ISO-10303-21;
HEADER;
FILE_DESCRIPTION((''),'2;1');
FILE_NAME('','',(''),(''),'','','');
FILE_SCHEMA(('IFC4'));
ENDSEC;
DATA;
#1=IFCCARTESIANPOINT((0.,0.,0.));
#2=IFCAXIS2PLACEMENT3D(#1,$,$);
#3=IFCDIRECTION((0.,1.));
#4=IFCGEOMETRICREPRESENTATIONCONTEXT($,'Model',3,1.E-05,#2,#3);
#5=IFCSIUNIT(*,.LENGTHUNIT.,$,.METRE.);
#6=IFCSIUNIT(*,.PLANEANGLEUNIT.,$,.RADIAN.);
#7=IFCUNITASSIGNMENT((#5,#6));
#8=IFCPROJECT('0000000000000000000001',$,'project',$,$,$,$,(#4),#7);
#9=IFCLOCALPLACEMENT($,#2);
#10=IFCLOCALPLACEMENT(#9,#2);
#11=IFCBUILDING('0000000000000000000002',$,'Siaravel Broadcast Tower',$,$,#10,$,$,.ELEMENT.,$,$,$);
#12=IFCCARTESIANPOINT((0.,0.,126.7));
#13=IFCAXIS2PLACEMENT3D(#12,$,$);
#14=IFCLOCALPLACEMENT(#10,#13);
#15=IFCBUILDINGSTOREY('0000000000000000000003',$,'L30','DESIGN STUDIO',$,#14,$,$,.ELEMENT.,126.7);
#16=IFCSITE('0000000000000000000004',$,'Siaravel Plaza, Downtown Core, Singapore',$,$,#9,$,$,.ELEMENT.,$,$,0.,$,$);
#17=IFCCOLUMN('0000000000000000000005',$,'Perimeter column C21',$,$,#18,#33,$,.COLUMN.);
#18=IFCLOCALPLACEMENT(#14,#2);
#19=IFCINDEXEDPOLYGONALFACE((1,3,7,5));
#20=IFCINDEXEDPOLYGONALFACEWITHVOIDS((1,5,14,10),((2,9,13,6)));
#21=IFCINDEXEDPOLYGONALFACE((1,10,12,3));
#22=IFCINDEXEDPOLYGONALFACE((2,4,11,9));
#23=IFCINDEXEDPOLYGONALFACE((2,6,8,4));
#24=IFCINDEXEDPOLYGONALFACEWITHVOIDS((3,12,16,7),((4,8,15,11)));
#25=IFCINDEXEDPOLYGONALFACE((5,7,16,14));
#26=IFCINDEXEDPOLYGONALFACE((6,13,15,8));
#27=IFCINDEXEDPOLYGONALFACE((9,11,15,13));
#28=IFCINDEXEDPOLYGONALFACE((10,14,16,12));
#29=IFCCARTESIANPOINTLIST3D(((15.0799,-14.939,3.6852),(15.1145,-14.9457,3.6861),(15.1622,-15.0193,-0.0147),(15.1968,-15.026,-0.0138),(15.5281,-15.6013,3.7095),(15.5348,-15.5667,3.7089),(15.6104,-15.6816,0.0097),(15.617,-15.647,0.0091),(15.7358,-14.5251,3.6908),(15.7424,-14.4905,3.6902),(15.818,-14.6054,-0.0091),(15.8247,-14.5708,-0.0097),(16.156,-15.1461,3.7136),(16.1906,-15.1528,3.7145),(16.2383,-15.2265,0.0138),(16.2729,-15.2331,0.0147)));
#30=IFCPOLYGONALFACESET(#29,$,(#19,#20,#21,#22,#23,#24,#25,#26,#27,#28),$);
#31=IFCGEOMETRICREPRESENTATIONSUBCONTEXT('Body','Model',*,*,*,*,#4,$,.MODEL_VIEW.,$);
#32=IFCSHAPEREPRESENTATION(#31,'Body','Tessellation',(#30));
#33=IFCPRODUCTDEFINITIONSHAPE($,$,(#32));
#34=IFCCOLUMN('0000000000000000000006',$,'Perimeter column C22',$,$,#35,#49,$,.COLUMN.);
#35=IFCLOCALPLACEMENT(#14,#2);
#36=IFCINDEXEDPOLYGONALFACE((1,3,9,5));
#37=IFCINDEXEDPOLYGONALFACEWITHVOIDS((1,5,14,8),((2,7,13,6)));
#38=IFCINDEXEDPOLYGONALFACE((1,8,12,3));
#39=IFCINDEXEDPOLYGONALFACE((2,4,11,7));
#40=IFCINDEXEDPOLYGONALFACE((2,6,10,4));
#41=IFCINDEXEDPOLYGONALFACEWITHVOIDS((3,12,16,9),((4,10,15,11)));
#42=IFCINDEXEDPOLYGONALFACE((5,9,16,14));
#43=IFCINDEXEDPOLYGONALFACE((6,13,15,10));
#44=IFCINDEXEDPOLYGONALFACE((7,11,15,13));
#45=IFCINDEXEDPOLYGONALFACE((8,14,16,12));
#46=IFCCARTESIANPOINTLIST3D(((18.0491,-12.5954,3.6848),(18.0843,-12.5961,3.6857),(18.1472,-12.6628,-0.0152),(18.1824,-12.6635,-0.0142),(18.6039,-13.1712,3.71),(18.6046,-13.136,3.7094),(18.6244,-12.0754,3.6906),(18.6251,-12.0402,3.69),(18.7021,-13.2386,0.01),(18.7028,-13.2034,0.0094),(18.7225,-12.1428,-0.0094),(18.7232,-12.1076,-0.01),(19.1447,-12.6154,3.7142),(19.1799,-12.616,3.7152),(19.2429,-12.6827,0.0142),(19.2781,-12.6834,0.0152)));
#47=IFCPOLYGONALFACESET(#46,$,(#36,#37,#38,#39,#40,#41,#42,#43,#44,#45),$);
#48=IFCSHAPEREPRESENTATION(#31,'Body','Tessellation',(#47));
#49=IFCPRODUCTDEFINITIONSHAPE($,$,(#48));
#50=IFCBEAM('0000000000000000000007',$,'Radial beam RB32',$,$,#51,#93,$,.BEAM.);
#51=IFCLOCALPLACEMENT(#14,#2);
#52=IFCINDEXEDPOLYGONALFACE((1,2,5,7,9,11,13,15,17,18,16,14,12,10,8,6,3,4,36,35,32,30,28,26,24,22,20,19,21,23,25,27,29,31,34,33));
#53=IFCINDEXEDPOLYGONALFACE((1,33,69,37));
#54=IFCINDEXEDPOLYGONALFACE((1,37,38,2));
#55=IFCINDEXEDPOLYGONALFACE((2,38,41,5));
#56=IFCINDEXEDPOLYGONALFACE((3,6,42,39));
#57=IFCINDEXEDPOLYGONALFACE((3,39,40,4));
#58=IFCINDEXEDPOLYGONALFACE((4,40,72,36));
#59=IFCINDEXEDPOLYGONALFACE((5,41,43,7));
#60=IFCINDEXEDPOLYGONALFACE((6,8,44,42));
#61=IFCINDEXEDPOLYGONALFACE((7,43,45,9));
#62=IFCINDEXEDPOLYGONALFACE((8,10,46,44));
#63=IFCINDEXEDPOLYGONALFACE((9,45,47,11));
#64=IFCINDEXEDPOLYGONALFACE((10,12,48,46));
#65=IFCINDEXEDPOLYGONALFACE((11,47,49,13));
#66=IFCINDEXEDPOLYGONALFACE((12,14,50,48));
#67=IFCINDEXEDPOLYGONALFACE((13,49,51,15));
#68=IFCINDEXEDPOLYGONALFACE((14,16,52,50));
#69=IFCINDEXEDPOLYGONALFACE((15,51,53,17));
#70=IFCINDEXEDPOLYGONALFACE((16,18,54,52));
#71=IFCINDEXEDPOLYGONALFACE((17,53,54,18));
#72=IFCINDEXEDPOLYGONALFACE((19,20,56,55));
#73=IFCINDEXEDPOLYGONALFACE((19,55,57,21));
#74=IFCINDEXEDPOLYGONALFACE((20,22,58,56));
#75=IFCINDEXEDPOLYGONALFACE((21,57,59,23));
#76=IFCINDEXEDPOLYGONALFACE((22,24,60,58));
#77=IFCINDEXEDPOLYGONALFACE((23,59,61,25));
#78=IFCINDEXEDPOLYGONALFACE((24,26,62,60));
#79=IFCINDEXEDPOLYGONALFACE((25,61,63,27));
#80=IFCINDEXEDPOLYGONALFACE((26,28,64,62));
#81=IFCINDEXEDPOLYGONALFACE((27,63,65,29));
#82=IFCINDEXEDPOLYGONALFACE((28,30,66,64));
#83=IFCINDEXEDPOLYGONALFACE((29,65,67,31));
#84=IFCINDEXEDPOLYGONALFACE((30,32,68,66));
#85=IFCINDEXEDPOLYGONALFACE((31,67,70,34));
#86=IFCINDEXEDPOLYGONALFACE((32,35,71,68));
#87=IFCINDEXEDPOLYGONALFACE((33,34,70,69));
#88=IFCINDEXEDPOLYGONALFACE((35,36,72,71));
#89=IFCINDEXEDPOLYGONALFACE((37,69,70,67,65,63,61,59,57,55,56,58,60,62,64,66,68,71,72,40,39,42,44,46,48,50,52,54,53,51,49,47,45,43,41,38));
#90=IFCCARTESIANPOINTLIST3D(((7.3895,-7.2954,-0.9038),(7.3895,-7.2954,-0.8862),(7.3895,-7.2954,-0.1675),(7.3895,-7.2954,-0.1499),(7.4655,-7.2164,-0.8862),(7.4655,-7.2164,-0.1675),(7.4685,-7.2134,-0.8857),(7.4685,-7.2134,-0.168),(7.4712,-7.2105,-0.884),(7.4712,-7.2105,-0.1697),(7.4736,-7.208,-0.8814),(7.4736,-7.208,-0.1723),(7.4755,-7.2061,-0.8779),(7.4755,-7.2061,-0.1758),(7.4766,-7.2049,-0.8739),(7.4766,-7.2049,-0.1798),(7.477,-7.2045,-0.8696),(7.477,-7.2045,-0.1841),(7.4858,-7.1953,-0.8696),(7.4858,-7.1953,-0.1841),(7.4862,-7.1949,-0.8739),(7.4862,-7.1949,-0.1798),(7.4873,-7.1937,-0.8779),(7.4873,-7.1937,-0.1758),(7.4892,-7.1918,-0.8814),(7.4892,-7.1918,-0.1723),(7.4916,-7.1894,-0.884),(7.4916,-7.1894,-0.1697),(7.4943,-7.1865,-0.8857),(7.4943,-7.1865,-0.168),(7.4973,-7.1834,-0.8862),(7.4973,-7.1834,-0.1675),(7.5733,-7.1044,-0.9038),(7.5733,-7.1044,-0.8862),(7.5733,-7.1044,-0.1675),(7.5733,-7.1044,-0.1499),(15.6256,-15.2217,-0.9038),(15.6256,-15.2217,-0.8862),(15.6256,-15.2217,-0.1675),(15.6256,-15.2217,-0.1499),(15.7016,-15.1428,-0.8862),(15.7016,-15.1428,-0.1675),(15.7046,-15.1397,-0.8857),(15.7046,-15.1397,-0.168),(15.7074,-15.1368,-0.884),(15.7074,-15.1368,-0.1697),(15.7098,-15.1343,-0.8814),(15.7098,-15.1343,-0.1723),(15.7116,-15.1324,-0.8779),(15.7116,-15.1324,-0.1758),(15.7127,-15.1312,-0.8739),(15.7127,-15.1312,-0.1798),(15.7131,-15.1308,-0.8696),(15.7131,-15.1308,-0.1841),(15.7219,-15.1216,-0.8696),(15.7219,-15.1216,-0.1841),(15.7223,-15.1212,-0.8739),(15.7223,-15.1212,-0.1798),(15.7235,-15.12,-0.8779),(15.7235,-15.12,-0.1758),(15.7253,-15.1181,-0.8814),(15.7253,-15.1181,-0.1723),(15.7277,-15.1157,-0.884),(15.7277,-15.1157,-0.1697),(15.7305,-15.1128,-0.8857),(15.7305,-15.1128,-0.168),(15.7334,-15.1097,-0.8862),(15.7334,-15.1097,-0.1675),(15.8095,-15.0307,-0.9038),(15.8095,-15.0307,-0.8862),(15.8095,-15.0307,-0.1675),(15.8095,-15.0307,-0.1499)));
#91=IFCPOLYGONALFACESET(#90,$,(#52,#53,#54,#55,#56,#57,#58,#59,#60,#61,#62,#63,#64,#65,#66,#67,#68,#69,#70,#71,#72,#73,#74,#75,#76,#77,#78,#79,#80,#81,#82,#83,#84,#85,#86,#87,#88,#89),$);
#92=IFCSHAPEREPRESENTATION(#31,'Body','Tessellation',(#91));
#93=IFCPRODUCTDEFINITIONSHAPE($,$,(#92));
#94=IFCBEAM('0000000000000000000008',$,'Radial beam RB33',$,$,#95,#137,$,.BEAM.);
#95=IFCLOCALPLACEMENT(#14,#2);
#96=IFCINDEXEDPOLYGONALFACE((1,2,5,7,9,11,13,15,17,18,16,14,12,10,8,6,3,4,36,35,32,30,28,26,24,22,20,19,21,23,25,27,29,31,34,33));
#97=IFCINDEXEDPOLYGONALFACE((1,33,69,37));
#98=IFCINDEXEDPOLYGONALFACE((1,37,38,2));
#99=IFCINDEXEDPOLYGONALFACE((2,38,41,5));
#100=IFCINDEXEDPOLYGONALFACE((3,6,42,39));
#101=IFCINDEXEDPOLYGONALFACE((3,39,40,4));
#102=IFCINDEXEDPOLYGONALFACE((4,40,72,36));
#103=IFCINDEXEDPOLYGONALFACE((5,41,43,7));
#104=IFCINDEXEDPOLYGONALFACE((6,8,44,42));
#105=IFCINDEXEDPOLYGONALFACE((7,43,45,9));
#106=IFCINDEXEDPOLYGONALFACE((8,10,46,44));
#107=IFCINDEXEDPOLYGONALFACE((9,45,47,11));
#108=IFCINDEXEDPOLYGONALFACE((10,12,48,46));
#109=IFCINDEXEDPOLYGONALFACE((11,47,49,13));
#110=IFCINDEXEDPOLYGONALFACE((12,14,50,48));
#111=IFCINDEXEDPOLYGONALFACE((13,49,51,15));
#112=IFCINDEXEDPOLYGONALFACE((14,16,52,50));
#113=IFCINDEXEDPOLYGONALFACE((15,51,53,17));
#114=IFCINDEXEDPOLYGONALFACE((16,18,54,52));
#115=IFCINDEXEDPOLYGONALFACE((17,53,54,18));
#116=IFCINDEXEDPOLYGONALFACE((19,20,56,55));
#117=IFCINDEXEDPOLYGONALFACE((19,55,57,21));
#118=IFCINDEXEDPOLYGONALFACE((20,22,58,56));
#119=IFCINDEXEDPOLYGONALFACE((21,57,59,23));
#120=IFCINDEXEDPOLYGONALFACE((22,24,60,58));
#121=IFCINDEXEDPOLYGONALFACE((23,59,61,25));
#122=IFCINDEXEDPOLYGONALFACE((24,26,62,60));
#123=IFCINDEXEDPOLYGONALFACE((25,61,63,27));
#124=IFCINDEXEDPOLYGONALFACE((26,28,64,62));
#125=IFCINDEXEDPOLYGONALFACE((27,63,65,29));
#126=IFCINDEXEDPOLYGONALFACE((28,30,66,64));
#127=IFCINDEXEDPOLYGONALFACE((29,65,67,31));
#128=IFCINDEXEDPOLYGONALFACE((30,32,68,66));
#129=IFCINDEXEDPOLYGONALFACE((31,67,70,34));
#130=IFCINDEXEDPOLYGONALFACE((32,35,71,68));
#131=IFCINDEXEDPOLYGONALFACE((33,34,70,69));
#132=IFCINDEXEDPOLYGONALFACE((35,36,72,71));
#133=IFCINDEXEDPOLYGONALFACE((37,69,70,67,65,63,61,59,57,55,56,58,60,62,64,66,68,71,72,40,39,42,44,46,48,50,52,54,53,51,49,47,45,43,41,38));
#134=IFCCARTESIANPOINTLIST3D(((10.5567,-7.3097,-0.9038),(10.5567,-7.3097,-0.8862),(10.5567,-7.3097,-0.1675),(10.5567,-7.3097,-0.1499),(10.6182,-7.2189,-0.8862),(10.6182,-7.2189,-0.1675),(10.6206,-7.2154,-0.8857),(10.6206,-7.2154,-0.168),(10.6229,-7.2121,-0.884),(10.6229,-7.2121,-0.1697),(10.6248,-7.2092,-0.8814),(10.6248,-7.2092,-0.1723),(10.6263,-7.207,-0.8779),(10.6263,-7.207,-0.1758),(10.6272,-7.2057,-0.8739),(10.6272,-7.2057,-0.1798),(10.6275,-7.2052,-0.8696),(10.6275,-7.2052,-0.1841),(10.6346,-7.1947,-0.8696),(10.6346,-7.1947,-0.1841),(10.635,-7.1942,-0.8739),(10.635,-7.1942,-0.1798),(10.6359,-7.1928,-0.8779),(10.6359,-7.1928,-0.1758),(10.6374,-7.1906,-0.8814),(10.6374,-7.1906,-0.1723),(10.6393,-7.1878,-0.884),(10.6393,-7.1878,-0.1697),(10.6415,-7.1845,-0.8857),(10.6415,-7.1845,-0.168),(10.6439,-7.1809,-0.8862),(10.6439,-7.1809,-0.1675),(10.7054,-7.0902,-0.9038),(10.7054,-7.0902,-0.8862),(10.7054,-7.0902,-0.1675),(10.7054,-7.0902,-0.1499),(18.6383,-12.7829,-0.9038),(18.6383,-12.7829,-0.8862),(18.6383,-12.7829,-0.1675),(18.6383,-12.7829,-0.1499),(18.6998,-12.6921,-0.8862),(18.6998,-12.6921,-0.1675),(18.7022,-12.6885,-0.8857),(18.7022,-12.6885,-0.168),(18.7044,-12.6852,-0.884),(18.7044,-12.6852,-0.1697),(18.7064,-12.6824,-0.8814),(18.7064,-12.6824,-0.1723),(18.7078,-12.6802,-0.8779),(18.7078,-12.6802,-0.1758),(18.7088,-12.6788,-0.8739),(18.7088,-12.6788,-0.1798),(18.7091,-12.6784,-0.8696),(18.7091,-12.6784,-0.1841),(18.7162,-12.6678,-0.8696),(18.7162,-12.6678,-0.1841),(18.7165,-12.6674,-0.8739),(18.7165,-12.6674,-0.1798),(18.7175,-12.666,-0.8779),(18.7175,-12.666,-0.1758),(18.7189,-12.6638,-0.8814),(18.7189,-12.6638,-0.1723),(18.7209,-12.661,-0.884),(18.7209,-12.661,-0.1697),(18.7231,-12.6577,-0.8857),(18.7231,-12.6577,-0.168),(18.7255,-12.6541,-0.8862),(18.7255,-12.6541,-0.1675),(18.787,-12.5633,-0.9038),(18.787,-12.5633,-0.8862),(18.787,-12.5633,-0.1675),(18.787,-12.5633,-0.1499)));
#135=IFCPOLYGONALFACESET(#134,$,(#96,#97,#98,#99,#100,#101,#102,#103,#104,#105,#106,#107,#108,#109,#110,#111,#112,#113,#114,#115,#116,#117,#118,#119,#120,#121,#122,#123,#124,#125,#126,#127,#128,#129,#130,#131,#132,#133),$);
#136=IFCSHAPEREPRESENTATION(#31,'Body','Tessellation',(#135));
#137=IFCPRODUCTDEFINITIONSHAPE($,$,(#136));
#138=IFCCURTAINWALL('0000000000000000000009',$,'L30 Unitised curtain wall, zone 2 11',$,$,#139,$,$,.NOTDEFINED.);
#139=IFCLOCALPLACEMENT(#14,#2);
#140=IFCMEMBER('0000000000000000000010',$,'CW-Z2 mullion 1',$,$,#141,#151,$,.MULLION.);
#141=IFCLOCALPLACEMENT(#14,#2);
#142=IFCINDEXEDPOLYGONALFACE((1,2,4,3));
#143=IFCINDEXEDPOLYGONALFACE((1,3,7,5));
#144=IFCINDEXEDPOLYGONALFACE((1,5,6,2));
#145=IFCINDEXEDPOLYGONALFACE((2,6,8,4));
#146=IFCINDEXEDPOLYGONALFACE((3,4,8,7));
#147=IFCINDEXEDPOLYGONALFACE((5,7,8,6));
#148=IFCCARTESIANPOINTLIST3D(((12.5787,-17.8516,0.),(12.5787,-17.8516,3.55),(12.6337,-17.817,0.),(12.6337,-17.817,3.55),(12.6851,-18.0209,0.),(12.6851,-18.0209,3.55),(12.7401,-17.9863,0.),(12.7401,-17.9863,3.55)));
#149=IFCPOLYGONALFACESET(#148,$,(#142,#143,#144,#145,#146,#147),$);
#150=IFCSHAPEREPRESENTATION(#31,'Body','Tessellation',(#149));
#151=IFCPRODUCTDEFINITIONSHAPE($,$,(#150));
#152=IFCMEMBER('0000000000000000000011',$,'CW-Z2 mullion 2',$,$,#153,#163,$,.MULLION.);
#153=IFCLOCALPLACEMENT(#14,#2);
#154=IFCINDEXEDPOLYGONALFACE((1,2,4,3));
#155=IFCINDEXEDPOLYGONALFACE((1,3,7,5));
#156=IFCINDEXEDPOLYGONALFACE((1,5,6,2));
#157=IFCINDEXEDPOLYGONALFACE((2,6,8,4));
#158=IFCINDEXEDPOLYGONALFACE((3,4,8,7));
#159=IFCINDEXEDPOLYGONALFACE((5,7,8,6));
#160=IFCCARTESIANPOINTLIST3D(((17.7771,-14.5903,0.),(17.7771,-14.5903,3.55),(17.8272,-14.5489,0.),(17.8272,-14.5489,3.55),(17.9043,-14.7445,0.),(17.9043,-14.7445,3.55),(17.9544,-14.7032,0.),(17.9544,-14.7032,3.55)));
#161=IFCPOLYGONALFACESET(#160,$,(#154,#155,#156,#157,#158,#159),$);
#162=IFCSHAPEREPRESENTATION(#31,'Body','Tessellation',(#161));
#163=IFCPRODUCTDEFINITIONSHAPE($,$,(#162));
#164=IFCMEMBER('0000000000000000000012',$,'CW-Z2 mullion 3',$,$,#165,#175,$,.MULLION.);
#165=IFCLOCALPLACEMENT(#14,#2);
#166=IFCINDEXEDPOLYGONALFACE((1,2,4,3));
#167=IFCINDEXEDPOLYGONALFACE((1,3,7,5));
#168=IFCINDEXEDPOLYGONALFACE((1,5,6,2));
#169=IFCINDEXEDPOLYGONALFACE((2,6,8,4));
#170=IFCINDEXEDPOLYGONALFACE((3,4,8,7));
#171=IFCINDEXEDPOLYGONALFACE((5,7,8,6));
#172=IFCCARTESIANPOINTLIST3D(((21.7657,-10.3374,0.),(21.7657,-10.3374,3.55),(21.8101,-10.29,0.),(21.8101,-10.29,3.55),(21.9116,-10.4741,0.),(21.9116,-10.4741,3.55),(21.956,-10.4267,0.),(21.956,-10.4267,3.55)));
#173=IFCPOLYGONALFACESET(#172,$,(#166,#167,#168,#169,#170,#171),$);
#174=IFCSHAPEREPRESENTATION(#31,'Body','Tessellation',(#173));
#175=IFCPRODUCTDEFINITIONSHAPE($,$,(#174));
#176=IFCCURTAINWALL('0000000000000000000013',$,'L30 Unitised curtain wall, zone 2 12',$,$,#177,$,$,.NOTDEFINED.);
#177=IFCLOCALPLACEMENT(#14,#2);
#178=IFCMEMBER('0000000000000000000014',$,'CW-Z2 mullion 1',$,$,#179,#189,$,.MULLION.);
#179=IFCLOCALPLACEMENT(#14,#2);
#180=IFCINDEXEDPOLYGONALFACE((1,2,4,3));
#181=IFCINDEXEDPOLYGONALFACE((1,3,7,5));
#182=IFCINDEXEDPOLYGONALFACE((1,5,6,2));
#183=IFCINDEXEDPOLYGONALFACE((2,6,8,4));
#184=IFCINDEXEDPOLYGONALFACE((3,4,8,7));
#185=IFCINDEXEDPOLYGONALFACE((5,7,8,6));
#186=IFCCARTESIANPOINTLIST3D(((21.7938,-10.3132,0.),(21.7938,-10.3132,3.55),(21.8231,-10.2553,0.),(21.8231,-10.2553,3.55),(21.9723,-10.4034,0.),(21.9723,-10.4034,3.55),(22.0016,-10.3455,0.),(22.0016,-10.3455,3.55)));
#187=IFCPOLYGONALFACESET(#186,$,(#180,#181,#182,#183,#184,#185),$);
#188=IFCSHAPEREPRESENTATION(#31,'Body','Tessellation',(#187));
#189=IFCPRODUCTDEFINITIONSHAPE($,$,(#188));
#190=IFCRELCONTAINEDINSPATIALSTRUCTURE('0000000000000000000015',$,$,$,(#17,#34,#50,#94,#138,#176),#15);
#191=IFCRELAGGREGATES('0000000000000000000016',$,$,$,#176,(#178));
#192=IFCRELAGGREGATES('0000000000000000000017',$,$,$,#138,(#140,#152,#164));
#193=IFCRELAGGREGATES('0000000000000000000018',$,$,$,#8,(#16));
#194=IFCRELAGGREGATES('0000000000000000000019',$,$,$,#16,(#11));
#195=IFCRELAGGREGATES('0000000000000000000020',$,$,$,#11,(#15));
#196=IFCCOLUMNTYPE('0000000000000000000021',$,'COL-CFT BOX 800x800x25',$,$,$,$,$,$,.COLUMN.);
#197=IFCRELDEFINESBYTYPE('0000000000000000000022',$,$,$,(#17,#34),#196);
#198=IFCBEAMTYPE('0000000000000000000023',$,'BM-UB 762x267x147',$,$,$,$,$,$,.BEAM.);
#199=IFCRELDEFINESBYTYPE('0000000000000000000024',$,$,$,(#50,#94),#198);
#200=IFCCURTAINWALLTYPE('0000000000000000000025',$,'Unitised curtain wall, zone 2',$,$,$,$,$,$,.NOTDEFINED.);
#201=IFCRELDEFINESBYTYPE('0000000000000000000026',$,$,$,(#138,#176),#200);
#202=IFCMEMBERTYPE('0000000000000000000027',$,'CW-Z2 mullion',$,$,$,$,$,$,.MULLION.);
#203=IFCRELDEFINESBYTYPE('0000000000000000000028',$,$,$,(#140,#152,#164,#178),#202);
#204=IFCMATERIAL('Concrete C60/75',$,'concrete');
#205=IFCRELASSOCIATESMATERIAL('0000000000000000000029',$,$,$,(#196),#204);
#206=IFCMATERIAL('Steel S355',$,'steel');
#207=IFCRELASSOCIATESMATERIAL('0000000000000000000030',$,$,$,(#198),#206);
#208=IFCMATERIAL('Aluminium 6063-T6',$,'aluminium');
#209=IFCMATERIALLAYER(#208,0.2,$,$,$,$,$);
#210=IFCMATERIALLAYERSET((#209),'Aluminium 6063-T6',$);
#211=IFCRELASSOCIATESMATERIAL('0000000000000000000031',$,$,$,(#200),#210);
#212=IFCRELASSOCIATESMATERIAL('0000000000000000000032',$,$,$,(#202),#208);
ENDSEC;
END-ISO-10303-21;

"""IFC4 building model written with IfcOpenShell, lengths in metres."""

from ifc_helpers import new_model, si_unit, direction, frame, origin, origin_2d, place, context, subcontext, project, spatial, rectangle, hollow_rectangle, i_section, extrude, material, layer, layer_set, material_profile, profile_set, type_object, element, aggregate, save


model = new_model("IFC4")

# Units and contexts
model_context = context("Model", 3, precision=1e-05, world=origin(), true_north=direction((0.0, 1.0)))
body_context = subcontext(model_context, "Body", "Model", "MODEL_VIEW")
ifc_project = project(units=[si_unit("LENGTHUNIT", "METRE"), si_unit("PLANEANGLEUNIT", "RADIAN")], contexts=[model_context])

# Site, building, storey
site_placement = place(None, origin())
site = spatial("IfcSite", under=ifc_project, at=site_placement, Name="Siaravel Plaza, Downtown Core, Singapore", CompositionType="ELEMENT", RefElevation=0.0)
building_placement = place(site_placement, origin())
building = spatial("IfcBuilding", under=site, at=building_placement, Name="Siaravel Broadcast Tower", CompositionType="ELEMENT")
storey_placement = place(building_placement, frame((0.0, 0.0, 126.7)))
storey = spatial("IfcBuildingStorey", under=building, at=storey_placement, Name="L30", Description="DESIGN STUDIO", CompositionType="ELEMENT", Elevation=126.7)

# Columns
ifc_material_1 = material(Name="Concrete C60/75", Category="concrete")
ifc_material_profile_1 = material_profile(ifc_material_1, hollow_rectangle(XDim=0.8, YDim=0.8, WallThickness=0.0249, at=origin_2d()))
ifc_profile_set_1 = profile_set([ifc_material_profile_1], Name="Concrete C60/75")
column_type = type_object("IfcColumnType", Name="COL-CFT BOX 800x800x25", PredefinedType="COLUMN", material=ifc_profile_set_1)
column_1_placement = place(storey_placement, frame((15.7175, -15.1262, 0.0), z_axis=(-0.022226, 0.021699, 0.999517), x_axis=(-0.828077, -0.56058, -0.006244)))
element("IfcColumn", 1, at=column_1_placement, inside=storey, type_object=column_type, Name="Perimeter column C21", PredefinedType="COLUMN", context=body_context, shape_type="SweptSolid", body=[
    extrude(hollow_rectangle(XDim=0.8, YDim=0.8, WallThickness=0.0249, at=origin_2d()), origin(), (0.0, 0.0, 1.0), 3.7017),
])
column_2_placement = place(storey_placement, frame((18.7126, -12.6731, 0.0), z_axis=(-0.026512, 0.018202, 0.999483), x_axis=(-0.719923, -0.694024, -0.006457)))
element("IfcColumn", 2, at=column_2_placement, inside=storey, type_object=column_type, Name="Perimeter column C22", PredefinedType="COLUMN", context=body_context, shape_type="SweptSolid", body=[
    extrude(hollow_rectangle(XDim=0.8, YDim=0.8, WallThickness=0.0249, at=origin_2d()), origin(), (0.0, 0.0, 1.0), 3.7019),
])

# Beams
ifc_material_2 = material(Name="Steel S355", Category="steel")
ifc_material_profile_2 = material_profile(ifc_material_2, i_section(OverallWidth=0.2651, OverallDepth=0.7539, WebThickness=0.0127, FlangeThickness=0.0176, FilletRadius=0.0166, at=origin_2d()))
ifc_profile_set_2 = profile_set([ifc_material_profile_2], Name="Steel S355")
beam_type = type_object("IfcBeamType", Name="BM-UB 762x267x147", PredefinedType="BEAM", material=ifc_profile_set_2)
beam_1_placement = place(storey_placement, frame((15.7175, -15.1262, -0.5269), z_axis=(-0.720529, 0.693425, 0.0), x_axis=(-0.693425, -0.720529, 0.0)))
element("IfcBeam", 3, at=beam_1_placement, inside=storey, type_object=beam_type, Name="Radial beam RB32", PredefinedType="BEAM", context=body_context, shape_type="SweptSolid", body=[
    extrude(i_section(OverallWidth=0.2651, OverallDepth=0.7539, WebThickness=0.0127, FlangeThickness=0.0176, FilletRadius=0.0166, at=origin_2d()), origin(), (0.0, 0.0, 1.0), 11.4307),
])
beam_2_placement = place(storey_placement, frame((18.7126, -12.6731, -0.5269), z_axis=(-0.827988, 0.560746, 0.0), x_axis=(-0.560746, -0.827988, 0.0)))
element("IfcBeam", 4, at=beam_2_placement, inside=storey, type_object=beam_type, Name="Radial beam RB33", PredefinedType="BEAM", context=body_context, shape_type="SweptSolid", body=[
    extrude(i_section(OverallWidth=0.2651, OverallDepth=0.7539, WebThickness=0.0127, FlangeThickness=0.0176, FilletRadius=0.0166, at=origin_2d()), origin(), (0.0, 0.0, 1.0), 9.7605),
])

# Curtain wall, members
ifc_material_3 = material(Name="Aluminium 6063-T6", Category="aluminium")
ifc_layer_1 = layer(ifc_material_3, 0.2)
ifc_layer_set_1 = layer_set([ifc_layer_1], Name="Aluminium 6063-T6")
curtain_wall_type = type_object("IfcCurtainWallType", Name="Unitised curtain wall, zone 2", PredefinedType="NOTDEFINED", material=ifc_layer_set_1)
curtain_wall_1_placement = place(storey_placement, origin())
curtain_wall_1 = element("IfcCurtainWall", 5, at=curtain_wall_1_placement, inside=storey, type_object=curtain_wall_type, Name="L30 Unitised curtain wall, zone 2 11", PredefinedType="NOTDEFINED")
ifc_material_profile_3 = material_profile(ifc_material_3, rectangle(XDim=0.2, YDim=0.0649, at=origin_2d()))
ifc_profile_set_3 = profile_set([ifc_material_profile_3], Name="Aluminium 6063-T6")
member_type_1 = type_object("IfcMemberType", Name="CW-Z2 mullion", PredefinedType="MULLION", material=ifc_profile_set_3)
member_1_placement = place(storey_placement, frame((12.6594, -17.9189, 0.0), z_axis=(0.0, 0.0, 1.0), x_axis=(-0.532149, 0.846651, 0.0)))
member_1 = element("IfcMember", 6, at=member_1_placement, type_object=member_type_1, Name="CW-Z2 mullion 1", PredefinedType="MULLION", context=body_context, shape_type="SweptSolid", body=[
    extrude(rectangle(XDim=0.2, YDim=0.0649, at=origin_2d()), origin(), (0.0, 0.0, 1.0), 3.55),
])
member_2_placement = place(storey_placement, frame((17.8657, -14.6467, 0.0), z_axis=(0.0, 0.0, 1.0), x_axis=(-0.636219, 0.771509, 0.0)))
member_2 = element("IfcMember", 7, at=member_2_placement, type_object=member_type_1, Name="CW-Z2 mullion 2", PredefinedType="MULLION", context=body_context, shape_type="SweptSolid", body=[
    extrude(rectangle(XDim=0.2, YDim=0.0649, at=origin_2d()), origin(), (0.0, 0.0, 1.0), 3.55),
])
member_3_placement = place(storey_placement, frame((21.8608, -10.3821, 0.0), z_axis=(0.0, 0.0, 1.0), x_axis=(-0.729805, 0.683655, 0.0)))
member_3 = element("IfcMember", 8, at=member_3_placement, type_object=member_type_1, Name="CW-Z2 mullion 3", PredefinedType="MULLION", context=body_context, shape_type="SweptSolid", body=[
    extrude(rectangle(XDim=0.2, YDim=0.0649, at=origin_2d()), origin(), (0.0, 0.0, 1.0), 3.55),
])

# Curtain wall, member
curtain_wall_2_placement = place(storey_placement, origin())
curtain_wall_2 = element("IfcCurtainWall", 9, at=curtain_wall_2_placement, inside=storey, type_object=curtain_wall_type, Name="L30 Unitised curtain wall, zone 2 12", PredefinedType="NOTDEFINED")
member_4_placement = place(storey_placement, frame((21.8977, -10.3293, 0.0), z_axis=(0.0, 0.0, 1.0), x_axis=(-0.892392, 0.451261, 0.0)))
member_4 = element("IfcMember", 10, at=member_4_placement, type_object=member_type_1, Name="CW-Z2 mullion 1", PredefinedType="MULLION", context=body_context, shape_type="SweptSolid", body=[
    extrude(rectangle(XDim=0.2, YDim=0.0649, at=origin_2d()), origin(), (0.0, 0.0, 1.0), 3.55),
])
aggregate(curtain_wall_2, [member_4])

aggregate(curtain_wall_1, [member_1, member_2, member_3])

save(model, "model.ifc")
